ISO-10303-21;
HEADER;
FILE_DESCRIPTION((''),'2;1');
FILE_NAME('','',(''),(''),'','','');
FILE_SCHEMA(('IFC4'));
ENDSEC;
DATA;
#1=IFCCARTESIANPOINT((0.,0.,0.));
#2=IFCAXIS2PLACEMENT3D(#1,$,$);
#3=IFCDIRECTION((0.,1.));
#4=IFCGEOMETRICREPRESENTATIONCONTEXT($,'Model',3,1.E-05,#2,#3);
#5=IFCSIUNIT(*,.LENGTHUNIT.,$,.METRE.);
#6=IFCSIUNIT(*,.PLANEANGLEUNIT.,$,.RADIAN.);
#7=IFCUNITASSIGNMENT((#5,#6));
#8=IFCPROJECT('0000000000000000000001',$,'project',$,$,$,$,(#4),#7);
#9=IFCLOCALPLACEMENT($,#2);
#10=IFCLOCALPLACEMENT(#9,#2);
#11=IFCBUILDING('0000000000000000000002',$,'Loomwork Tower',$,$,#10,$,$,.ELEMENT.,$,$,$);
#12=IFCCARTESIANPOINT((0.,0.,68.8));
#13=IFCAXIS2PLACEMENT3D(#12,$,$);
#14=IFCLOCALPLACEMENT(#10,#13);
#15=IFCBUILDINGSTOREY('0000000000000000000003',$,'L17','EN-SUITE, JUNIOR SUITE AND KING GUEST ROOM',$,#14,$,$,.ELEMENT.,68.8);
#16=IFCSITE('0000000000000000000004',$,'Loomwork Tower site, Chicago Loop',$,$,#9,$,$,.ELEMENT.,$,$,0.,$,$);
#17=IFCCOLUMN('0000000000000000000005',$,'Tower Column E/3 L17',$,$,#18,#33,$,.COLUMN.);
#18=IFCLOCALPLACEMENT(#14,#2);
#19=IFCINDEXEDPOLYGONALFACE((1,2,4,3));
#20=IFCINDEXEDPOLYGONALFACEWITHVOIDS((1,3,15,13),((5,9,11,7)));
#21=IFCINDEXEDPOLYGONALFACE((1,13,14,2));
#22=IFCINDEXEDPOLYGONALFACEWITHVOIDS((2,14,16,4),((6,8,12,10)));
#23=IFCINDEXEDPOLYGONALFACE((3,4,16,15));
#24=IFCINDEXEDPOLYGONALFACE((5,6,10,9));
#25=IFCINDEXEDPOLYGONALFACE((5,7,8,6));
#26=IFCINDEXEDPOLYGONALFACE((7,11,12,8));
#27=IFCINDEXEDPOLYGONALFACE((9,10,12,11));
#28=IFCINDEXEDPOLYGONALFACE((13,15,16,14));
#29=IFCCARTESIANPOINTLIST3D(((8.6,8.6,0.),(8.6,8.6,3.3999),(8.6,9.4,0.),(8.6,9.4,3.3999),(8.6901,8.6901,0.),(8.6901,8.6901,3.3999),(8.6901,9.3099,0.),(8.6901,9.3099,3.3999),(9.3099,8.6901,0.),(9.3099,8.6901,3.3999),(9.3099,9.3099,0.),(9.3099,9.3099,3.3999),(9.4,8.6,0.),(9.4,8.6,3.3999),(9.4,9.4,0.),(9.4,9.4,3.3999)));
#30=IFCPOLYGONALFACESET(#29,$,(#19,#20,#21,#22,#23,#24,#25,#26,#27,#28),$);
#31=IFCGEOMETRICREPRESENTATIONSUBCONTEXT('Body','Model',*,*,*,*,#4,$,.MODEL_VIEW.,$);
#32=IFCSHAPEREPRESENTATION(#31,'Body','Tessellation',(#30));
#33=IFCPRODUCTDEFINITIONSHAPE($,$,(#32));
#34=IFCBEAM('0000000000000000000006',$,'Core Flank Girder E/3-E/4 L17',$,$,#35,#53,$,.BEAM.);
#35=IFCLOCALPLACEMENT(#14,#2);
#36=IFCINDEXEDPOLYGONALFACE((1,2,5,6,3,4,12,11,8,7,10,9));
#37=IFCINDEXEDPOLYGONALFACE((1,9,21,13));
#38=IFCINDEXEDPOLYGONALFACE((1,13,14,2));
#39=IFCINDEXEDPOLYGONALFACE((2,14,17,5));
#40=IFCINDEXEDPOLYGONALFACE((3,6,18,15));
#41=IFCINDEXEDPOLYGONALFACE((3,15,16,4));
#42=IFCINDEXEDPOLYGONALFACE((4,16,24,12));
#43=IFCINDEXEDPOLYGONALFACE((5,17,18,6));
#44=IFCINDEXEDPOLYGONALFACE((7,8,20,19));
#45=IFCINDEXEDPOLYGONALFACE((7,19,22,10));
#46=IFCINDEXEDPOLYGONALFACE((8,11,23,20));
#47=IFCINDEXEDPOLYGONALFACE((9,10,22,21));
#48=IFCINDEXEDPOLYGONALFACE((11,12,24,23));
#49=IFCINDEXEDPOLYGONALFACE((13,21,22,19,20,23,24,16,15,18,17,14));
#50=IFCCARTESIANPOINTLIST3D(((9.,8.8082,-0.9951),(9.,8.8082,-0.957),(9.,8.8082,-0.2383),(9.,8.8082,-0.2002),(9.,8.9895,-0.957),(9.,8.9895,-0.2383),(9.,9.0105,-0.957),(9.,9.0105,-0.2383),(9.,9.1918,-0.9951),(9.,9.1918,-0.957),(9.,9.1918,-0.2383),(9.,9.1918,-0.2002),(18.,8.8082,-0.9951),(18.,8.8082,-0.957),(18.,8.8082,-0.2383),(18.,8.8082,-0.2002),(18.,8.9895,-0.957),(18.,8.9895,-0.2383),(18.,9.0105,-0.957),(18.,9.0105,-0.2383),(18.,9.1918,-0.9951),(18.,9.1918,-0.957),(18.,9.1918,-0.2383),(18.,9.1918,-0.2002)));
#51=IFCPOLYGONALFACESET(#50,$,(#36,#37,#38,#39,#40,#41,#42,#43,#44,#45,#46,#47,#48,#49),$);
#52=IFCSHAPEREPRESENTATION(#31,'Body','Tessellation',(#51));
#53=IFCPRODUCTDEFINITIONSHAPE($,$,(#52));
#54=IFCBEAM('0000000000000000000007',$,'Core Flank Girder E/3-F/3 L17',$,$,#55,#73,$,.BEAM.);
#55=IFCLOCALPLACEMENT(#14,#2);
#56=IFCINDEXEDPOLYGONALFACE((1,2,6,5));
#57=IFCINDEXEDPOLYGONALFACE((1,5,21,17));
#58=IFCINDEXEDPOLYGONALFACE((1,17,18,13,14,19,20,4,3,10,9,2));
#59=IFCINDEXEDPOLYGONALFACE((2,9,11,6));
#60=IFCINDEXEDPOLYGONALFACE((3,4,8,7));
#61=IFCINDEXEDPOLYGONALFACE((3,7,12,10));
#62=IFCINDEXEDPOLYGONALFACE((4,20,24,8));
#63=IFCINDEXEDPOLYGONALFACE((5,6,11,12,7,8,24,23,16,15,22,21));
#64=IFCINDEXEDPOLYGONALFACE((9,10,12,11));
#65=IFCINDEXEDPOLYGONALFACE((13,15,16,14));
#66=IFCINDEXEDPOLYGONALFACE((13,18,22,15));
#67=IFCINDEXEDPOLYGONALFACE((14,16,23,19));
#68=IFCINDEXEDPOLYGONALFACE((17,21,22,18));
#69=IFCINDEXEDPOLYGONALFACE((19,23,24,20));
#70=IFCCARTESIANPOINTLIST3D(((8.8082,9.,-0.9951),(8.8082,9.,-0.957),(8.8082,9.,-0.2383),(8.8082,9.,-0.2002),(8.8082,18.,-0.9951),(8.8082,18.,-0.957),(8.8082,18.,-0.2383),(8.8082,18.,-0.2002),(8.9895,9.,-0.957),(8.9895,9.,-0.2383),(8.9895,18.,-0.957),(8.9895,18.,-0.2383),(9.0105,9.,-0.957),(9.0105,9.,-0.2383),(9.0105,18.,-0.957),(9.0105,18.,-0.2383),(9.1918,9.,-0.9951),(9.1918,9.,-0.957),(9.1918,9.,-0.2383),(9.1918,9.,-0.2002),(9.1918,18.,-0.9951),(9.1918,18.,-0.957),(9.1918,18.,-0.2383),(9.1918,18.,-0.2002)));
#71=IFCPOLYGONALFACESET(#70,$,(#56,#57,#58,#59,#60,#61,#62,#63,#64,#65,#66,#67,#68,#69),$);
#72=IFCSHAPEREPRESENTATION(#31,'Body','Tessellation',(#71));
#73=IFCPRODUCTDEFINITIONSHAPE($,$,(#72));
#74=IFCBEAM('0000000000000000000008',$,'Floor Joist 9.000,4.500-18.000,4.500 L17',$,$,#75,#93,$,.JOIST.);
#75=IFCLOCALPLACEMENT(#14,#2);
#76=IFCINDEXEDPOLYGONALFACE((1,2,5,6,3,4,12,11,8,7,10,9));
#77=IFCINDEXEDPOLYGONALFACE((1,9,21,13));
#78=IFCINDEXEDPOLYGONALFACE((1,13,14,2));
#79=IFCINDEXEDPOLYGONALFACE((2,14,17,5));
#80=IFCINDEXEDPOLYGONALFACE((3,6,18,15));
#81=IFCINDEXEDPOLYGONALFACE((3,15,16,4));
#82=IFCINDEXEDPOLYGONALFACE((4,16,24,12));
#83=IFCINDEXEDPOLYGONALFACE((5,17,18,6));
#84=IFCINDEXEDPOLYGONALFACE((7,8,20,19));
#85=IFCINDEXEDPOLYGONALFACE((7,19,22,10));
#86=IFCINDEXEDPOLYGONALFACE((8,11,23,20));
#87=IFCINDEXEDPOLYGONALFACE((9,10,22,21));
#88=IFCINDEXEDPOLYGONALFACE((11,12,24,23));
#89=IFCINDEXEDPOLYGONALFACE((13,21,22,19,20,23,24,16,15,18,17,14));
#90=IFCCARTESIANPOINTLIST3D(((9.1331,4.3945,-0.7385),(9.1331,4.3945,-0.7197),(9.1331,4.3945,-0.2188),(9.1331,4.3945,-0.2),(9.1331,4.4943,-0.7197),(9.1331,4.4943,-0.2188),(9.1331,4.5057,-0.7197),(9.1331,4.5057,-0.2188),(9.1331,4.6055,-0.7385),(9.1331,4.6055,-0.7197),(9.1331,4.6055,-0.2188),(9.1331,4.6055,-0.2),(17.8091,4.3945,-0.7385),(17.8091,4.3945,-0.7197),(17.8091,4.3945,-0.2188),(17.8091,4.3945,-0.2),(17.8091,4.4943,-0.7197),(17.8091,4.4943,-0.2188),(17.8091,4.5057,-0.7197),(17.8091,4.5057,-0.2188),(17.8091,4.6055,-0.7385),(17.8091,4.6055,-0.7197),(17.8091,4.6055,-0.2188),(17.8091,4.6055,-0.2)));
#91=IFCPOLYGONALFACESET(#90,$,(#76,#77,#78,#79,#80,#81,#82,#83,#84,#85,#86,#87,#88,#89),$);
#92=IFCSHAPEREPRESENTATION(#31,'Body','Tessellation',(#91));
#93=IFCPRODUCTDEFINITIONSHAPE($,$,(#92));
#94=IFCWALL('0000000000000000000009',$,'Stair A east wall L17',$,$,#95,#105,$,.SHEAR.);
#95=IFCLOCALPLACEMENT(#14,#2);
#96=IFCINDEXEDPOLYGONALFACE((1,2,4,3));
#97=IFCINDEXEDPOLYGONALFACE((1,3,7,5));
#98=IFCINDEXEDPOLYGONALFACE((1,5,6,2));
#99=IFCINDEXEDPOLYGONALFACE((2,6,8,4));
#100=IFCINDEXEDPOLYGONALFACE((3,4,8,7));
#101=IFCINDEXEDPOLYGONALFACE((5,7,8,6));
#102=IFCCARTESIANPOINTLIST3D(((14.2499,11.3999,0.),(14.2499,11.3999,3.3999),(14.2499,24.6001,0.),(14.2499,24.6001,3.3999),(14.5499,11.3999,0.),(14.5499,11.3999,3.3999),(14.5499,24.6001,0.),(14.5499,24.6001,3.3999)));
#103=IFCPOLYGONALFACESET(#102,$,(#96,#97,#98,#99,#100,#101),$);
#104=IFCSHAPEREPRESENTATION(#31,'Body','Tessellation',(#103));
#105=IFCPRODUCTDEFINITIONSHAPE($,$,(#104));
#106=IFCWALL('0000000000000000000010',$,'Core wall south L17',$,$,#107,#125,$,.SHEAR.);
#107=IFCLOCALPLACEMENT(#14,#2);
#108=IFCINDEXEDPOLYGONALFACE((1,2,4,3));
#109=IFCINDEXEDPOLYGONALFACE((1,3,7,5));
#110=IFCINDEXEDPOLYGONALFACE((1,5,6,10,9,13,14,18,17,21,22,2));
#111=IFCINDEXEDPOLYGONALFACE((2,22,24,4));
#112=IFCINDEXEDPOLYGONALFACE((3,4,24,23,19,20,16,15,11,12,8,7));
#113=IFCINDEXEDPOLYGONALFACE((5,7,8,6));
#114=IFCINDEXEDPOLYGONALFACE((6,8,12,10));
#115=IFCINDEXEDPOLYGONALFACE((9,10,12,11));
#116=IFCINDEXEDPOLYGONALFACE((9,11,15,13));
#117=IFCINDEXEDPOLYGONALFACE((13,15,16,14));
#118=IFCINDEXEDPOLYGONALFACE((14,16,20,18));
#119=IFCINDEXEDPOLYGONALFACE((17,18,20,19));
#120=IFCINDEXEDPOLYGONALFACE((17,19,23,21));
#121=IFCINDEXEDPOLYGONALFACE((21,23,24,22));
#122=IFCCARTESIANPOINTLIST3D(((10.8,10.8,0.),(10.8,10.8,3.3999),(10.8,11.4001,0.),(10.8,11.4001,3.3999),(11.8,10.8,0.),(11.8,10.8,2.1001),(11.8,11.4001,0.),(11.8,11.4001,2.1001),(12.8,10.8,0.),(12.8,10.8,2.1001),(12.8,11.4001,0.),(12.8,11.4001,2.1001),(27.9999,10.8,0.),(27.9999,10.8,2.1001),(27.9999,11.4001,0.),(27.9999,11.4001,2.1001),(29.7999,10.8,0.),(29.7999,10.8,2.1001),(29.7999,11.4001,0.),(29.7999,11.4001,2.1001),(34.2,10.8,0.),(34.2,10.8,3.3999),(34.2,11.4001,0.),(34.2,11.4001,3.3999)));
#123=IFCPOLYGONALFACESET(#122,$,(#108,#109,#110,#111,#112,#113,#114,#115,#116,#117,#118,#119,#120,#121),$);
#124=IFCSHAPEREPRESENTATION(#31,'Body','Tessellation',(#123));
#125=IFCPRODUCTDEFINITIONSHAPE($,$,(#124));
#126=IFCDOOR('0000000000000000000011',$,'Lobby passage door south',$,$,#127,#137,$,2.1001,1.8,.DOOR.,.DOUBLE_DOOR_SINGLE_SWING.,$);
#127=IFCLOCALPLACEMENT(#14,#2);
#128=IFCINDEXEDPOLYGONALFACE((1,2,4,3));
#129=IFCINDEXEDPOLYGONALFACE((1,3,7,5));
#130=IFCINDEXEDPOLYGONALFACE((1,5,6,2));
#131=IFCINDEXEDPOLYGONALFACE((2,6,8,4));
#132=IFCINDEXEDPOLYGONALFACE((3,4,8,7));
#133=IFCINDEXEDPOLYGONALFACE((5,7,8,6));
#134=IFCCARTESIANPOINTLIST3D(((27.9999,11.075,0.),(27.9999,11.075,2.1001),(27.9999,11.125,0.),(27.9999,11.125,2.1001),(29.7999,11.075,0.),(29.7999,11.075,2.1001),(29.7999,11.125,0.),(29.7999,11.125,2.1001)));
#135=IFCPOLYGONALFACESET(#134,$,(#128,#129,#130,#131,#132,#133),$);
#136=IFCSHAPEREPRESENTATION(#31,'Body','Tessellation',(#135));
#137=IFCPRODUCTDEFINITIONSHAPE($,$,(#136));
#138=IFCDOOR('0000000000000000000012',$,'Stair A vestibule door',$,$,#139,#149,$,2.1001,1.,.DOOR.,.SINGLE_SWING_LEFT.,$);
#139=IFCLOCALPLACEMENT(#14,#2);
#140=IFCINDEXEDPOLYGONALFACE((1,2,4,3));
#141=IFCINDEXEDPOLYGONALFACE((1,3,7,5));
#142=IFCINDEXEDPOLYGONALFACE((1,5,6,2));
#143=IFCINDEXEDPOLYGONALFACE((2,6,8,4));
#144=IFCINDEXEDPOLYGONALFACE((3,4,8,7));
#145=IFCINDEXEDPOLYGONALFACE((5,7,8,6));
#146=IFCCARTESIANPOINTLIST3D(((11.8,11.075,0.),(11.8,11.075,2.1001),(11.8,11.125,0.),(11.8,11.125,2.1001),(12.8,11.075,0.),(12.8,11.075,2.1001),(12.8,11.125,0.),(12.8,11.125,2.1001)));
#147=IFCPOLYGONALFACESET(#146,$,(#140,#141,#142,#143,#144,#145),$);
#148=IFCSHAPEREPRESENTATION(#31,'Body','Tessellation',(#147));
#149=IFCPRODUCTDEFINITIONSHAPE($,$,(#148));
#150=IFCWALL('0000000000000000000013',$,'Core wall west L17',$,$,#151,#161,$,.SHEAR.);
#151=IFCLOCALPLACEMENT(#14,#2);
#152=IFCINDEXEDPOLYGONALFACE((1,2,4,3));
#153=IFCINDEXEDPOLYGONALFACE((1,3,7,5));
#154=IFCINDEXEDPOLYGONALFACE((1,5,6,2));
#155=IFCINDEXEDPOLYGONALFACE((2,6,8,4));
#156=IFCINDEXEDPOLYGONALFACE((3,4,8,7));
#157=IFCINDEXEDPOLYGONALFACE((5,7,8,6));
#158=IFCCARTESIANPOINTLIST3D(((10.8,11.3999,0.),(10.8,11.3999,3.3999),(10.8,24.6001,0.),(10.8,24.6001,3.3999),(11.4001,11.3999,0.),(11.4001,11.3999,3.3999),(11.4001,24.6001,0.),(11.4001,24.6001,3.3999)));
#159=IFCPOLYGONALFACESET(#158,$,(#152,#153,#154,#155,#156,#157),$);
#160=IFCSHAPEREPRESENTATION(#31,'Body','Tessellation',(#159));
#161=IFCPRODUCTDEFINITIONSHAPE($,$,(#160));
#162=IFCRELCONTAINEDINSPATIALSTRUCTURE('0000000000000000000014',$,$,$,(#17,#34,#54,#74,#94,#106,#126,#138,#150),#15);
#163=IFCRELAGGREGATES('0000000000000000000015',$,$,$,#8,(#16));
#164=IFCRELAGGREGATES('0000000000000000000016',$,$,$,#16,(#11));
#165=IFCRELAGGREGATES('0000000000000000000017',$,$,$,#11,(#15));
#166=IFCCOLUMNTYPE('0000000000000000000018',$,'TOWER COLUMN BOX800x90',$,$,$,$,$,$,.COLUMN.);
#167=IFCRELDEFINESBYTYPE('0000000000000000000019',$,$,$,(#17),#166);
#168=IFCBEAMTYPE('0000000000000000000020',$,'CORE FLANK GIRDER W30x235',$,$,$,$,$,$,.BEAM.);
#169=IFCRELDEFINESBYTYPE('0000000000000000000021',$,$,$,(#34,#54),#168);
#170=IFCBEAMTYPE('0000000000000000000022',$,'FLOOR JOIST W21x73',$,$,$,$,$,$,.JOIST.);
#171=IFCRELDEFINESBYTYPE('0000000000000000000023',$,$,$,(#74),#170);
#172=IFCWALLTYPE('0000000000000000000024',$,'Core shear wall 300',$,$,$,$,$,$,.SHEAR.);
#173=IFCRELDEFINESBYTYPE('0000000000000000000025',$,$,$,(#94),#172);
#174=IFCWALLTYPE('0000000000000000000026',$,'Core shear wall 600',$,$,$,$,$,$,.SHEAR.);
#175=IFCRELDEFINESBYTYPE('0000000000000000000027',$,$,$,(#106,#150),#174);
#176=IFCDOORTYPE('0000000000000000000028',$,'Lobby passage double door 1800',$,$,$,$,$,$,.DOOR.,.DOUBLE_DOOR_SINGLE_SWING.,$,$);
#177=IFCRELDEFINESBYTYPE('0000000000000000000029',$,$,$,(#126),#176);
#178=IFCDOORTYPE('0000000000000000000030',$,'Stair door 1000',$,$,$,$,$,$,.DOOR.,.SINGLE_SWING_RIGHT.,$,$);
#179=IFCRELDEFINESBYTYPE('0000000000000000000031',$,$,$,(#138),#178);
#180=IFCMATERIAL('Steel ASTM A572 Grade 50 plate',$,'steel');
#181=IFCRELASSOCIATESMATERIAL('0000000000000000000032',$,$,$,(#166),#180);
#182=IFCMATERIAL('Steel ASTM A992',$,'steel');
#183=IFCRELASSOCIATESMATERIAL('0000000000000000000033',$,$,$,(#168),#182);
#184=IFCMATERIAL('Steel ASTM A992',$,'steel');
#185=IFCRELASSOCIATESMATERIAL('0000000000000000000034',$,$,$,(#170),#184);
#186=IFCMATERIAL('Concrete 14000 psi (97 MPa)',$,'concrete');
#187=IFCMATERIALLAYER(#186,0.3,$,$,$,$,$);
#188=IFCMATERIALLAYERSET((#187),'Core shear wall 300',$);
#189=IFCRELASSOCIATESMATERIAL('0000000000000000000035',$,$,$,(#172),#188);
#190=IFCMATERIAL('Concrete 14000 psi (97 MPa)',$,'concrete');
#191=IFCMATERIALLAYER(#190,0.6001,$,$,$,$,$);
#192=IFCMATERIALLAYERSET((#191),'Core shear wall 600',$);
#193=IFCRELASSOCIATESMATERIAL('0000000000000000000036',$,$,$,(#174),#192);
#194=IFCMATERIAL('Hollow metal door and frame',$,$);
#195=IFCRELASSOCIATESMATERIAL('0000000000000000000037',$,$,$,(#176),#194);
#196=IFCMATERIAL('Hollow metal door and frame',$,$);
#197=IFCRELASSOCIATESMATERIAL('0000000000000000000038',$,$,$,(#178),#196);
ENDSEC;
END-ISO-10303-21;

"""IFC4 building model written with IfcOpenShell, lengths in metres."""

from ifc_helpers import new_model, si_unit, direction, frame, frame_2d, origin, origin_2d, place, context, subcontext, project, spatial, rectangle, hollow_rectangle, i_section, extrude, material, layer, layer_set, material_profile, profile_set, type_object, element, fill, save


model = new_model("IFC4")

# Units and contexts
model_context = context("Model", 3, precision=1e-05, world=origin(), true_north=direction((0.0, 1.0)))
body_context = subcontext(model_context, "Body", "Model", "MODEL_VIEW")
ifc_project = project(units=[si_unit("LENGTHUNIT", "METRE"), si_unit("PLANEANGLEUNIT", "RADIAN")], contexts=[model_context])

# Site, building, storey
site_placement = place(None, origin())
site = spatial("IfcSite", under=ifc_project, at=site_placement, Name="Loomwork Tower site, Chicago Loop", CompositionType="ELEMENT", RefElevation=0.0)
building_placement = place(site_placement, origin())
building = spatial("IfcBuilding", under=site, at=building_placement, Name="Loomwork Tower", CompositionType="ELEMENT")
storey_placement = place(building_placement, frame((0.0, 0.0, 68.8)))
storey = spatial("IfcBuildingStorey", under=building, at=storey_placement, Name="L17", Description="EN-SUITE, JUNIOR SUITE AND KING GUEST ROOM", CompositionType="ELEMENT", Elevation=68.8)

# Column
ifc_material_1 = material(Name="Steel ASTM A572 Grade 50 plate", Category="steel")
ifc_material_profile_1 = material_profile(ifc_material_1, hollow_rectangle(XDim=0.8, YDim=0.8, WallThickness=0.0901, at=origin_2d()), Name="BOX800x90")
ifc_profile_set_1 = profile_set([ifc_material_profile_1], Name="Steel ASTM A572 Grade 50 plate")
column_type = type_object("IfcColumnType", Name="TOWER COLUMN BOX800x90", PredefinedType="COLUMN", material=ifc_profile_set_1)
column_placement = place(storey_placement, frame((9.0, 9.0, 0.0), z_axis=(0.0, 0.0, 1.0), x_axis=(1.0, 0.0, 0.0)))
element("IfcColumn", 1, at=column_placement, inside=storey, type_object=column_type, Name="Tower Column E/3 L17", PredefinedType="COLUMN", context=body_context, shape_type="SweptSolid", body=[
    extrude(hollow_rectangle(XDim=0.8, YDim=0.8, WallThickness=0.0901, at=origin_2d()), origin(), (0.0, 0.0, 1.0), 3.3999),
])

# Beams
ifc_material_2 = material(Name="Steel ASTM A992", Category="steel")
ifc_material_profile_2 = material_profile(ifc_material_2, i_section(OverallWidth=0.3835, OverallDepth=0.7949, WebThickness=0.021, FlangeThickness=0.0381, at=origin_2d()), Name="W30x235")
ifc_profile_set_2 = profile_set([ifc_material_profile_2], Name="Steel ASTM A992")
beam_type_1 = type_object("IfcBeamType", Name="CORE FLANK GIRDER W30x235", PredefinedType="BEAM", material=ifc_profile_set_2)
for number, where, z_axis, x_axis, name in (
    (2, (9.0, 9.0, -0.5977), (1.0, 0.0, 0.0), (0.0, 1.0, 0.0), "Core Flank Girder E/3-E/4 L17"),
    (3, (9.0, 9.0, -0.5977), (0.0, 1.0, 0.0), (-1.0, 0.0, 0.0), "Core Flank Girder E/3-F/3 L17"),
):
    element("IfcBeam", number, at=place(storey_placement, frame(where, z_axis=z_axis, x_axis=x_axis)), inside=storey, type_object=beam_type_1, Name=name, PredefinedType="BEAM", context=body_context, shape_type="SweptSolid", body=[
        extrude(i_section(OverallWidth=0.3835, OverallDepth=0.7949, WebThickness=0.021, FlangeThickness=0.0381, at=origin_2d()), origin(), (0.0, 0.0, 1.0), 9.0),
    ])
ifc_material_3 = material(Name="Steel ASTM A992", Category="steel")
ifc_material_profile_3 = material_profile(ifc_material_3, i_section(OverallWidth=0.2109, OverallDepth=0.5386, WebThickness=0.0115, FlangeThickness=0.0188, at=origin_2d()), Name="W21x73")
ifc_profile_set_3 = profile_set([ifc_material_profile_3], Name="Steel ASTM A992")
beam_type_2 = type_object("IfcBeamType", Name="FLOOR JOIST W21x73", PredefinedType="JOIST", material=ifc_profile_set_3)
beam_placement = place(storey_placement, frame((9.1331, 4.5, -0.4692), z_axis=(1.0, 0.0, 0.0), x_axis=(0.0, 1.0, 0.0)))
element("IfcBeam", 4, at=beam_placement, inside=storey, type_object=beam_type_2, Name="Floor Joist 9.000,4.500-18.000,4.500 L17", PredefinedType="JOIST", context=body_context, shape_type="SweptSolid", body=[
    extrude(i_section(OverallWidth=0.2109, OverallDepth=0.5386, WebThickness=0.0115, FlangeThickness=0.0188, at=origin_2d()), origin(), (0.0, 0.0, 1.0), 8.676),
])

# Wall
ifc_material_4 = material(Name="Concrete 14000 psi (97 MPa)", Category="concrete")
ifc_layer_1 = layer(ifc_material_4, 0.3)
ifc_layer_set_1 = layer_set([ifc_layer_1], Name="Core shear wall 300")
wall_type_1 = type_object("IfcWallType", Name="Core shear wall 300", PredefinedType="SHEAR", material=ifc_layer_set_1)
wall_1_placement = place(storey_placement, frame((14.3999, 11.3999, 0.0), z_axis=(0.0, 0.0, 1.0), x_axis=(0.0, 1.0, 0.0)))
element("IfcWall", 5, at=wall_1_placement, inside=storey, type_object=wall_type_1, Name="Stair A east wall L17", PredefinedType="SHEAR", context=body_context, shape_type="SweptSolid", body=[
    extrude(rectangle(XDim=13.2002, YDim=0.3, at=frame_2d((6.6001, 0.0))), origin(), (0.0, 0.0, 1.0), 3.3999),
])

# Wall, openings, doors
ifc_material_5 = material(Name="Concrete 14000 psi (97 MPa)", Category="concrete")
ifc_layer_2 = layer(ifc_material_5, 0.6001)
ifc_layer_set_2 = layer_set([ifc_layer_2], Name="Core shear wall 600")
wall_type_2 = type_object("IfcWallType", Name="Core shear wall 600", PredefinedType="SHEAR", material=ifc_layer_set_2)
wall_2_placement = place(storey_placement, frame((10.8, 11.1001, 0.0), z_axis=(0.0, 0.0, 1.0), x_axis=(1.0, 0.0, 0.0)))
wall_2 = element("IfcWall", 6, at=wall_2_placement, inside=storey, type_object=wall_type_2, Name="Core wall south L17", PredefinedType="SHEAR", context=body_context, shape_type="SweptSolid", body=[
    extrude(rectangle(XDim=23.3999, YDim=0.6001, at=frame_2d((11.7, 0.0))), origin(), (0.0, 0.0, 1.0), 3.3999),
])
opening_1_placement = place(wall_2_placement, frame((1.0, 0.0, 0.0)))
opening_1 = element("IfcOpeningElement", 7, at=opening_1_placement, cuts=wall_2, PredefinedType="OPENING", context=body_context, shape_type="SweptSolid", body=[
    extrude(rectangle(XDim=1.0, YDim=2.1001, at=frame_2d((0.5, 1.05))), frame((0.0, 0.3101, 0.0), z_axis=(0.0, -1.0, 0.0), x_axis=(1.0, 0.0, 0.0)), (0.0, 0.0, 1.0), 0.6201),
])
opening_2_placement = place(wall_2_placement, frame((17.2, 0.0, 0.0)))
opening_2 = element("IfcOpeningElement", 8, at=opening_2_placement, cuts=wall_2, PredefinedType="OPENING", context=body_context, shape_type="SweptSolid", body=[
    extrude(rectangle(XDim=1.8, YDim=2.1001, at=frame_2d((0.8999, 1.05))), frame((0.0, 0.3101, 0.0), z_axis=(0.0, -1.0, 0.0), x_axis=(1.0, 0.0, 0.0)), (0.0, 0.0, 1.0), 0.6201),
])
ifc_material_6 = material(Name="Hollow metal door and frame")
door_type_1 = type_object("IfcDoorType", Name="Lobby passage double door 1800", OperationType="DOUBLE_DOOR_SINGLE_SWING", PredefinedType="DOOR", material=ifc_material_6)
door_1_placement = place(opening_2_placement, origin())
door_1 = element("IfcDoor", 9, at=door_1_placement, inside=storey, type_object=door_type_1, Name="Lobby passage door south", OperationType="DOUBLE_DOOR_SINGLE_SWING", OverallHeight=2.1001, OverallWidth=1.8, PredefinedType="DOOR", context=body_context, shape_type="SweptSolid", body=[
    extrude(rectangle(XDim=1.8, YDim=2.1001, at=frame_2d((0.8999, 1.05))), frame((0.0, 0.0249, 0.0), z_axis=(0.0, -1.0, 0.0), x_axis=(1.0, 0.0, 0.0)), (0.0, 0.0, 1.0), 0.05),
])
fill(opening_2, door_1)
ifc_material_7 = material(Name="Hollow metal door and frame")
door_type_2 = type_object("IfcDoorType", Name="Stair door 1000", OperationType="SINGLE_SWING_RIGHT", PredefinedType="DOOR", material=ifc_material_7)
door_2_placement = place(opening_1_placement, origin())
door_2 = element("IfcDoor", 10, at=door_2_placement, inside=storey, type_object=door_type_2, Name="Stair A vestibule door", OperationType="SINGLE_SWING_LEFT", OverallHeight=2.1001, OverallWidth=1.0, PredefinedType="DOOR", context=body_context, shape_type="SweptSolid", body=[
    extrude(rectangle(XDim=1.0, YDim=2.1001, at=frame_2d((0.5, 1.05))), frame((0.0, 0.0249, 0.0), z_axis=(0.0, -1.0, 0.0), x_axis=(1.0, 0.0, 0.0)), (0.0, 0.0, 1.0), 0.05),
])
fill(opening_1, door_2)

# Wall
wall_3_placement = place(storey_placement, frame((11.1001, 11.3999, 0.0), z_axis=(0.0, 0.0, 1.0), x_axis=(0.0, 1.0, 0.0)))
element("IfcWall", 11, at=wall_3_placement, inside=storey, type_object=wall_type_2, Name="Core wall west L17", PredefinedType="SHEAR", context=body_context, shape_type="SweptSolid", body=[
    extrude(rectangle(XDim=13.2002, YDim=0.6001, at=frame_2d((6.6001, 0.0))), origin(), (0.0, 0.0, 1.0), 3.3999),
])

save(model, "model.ifc")
